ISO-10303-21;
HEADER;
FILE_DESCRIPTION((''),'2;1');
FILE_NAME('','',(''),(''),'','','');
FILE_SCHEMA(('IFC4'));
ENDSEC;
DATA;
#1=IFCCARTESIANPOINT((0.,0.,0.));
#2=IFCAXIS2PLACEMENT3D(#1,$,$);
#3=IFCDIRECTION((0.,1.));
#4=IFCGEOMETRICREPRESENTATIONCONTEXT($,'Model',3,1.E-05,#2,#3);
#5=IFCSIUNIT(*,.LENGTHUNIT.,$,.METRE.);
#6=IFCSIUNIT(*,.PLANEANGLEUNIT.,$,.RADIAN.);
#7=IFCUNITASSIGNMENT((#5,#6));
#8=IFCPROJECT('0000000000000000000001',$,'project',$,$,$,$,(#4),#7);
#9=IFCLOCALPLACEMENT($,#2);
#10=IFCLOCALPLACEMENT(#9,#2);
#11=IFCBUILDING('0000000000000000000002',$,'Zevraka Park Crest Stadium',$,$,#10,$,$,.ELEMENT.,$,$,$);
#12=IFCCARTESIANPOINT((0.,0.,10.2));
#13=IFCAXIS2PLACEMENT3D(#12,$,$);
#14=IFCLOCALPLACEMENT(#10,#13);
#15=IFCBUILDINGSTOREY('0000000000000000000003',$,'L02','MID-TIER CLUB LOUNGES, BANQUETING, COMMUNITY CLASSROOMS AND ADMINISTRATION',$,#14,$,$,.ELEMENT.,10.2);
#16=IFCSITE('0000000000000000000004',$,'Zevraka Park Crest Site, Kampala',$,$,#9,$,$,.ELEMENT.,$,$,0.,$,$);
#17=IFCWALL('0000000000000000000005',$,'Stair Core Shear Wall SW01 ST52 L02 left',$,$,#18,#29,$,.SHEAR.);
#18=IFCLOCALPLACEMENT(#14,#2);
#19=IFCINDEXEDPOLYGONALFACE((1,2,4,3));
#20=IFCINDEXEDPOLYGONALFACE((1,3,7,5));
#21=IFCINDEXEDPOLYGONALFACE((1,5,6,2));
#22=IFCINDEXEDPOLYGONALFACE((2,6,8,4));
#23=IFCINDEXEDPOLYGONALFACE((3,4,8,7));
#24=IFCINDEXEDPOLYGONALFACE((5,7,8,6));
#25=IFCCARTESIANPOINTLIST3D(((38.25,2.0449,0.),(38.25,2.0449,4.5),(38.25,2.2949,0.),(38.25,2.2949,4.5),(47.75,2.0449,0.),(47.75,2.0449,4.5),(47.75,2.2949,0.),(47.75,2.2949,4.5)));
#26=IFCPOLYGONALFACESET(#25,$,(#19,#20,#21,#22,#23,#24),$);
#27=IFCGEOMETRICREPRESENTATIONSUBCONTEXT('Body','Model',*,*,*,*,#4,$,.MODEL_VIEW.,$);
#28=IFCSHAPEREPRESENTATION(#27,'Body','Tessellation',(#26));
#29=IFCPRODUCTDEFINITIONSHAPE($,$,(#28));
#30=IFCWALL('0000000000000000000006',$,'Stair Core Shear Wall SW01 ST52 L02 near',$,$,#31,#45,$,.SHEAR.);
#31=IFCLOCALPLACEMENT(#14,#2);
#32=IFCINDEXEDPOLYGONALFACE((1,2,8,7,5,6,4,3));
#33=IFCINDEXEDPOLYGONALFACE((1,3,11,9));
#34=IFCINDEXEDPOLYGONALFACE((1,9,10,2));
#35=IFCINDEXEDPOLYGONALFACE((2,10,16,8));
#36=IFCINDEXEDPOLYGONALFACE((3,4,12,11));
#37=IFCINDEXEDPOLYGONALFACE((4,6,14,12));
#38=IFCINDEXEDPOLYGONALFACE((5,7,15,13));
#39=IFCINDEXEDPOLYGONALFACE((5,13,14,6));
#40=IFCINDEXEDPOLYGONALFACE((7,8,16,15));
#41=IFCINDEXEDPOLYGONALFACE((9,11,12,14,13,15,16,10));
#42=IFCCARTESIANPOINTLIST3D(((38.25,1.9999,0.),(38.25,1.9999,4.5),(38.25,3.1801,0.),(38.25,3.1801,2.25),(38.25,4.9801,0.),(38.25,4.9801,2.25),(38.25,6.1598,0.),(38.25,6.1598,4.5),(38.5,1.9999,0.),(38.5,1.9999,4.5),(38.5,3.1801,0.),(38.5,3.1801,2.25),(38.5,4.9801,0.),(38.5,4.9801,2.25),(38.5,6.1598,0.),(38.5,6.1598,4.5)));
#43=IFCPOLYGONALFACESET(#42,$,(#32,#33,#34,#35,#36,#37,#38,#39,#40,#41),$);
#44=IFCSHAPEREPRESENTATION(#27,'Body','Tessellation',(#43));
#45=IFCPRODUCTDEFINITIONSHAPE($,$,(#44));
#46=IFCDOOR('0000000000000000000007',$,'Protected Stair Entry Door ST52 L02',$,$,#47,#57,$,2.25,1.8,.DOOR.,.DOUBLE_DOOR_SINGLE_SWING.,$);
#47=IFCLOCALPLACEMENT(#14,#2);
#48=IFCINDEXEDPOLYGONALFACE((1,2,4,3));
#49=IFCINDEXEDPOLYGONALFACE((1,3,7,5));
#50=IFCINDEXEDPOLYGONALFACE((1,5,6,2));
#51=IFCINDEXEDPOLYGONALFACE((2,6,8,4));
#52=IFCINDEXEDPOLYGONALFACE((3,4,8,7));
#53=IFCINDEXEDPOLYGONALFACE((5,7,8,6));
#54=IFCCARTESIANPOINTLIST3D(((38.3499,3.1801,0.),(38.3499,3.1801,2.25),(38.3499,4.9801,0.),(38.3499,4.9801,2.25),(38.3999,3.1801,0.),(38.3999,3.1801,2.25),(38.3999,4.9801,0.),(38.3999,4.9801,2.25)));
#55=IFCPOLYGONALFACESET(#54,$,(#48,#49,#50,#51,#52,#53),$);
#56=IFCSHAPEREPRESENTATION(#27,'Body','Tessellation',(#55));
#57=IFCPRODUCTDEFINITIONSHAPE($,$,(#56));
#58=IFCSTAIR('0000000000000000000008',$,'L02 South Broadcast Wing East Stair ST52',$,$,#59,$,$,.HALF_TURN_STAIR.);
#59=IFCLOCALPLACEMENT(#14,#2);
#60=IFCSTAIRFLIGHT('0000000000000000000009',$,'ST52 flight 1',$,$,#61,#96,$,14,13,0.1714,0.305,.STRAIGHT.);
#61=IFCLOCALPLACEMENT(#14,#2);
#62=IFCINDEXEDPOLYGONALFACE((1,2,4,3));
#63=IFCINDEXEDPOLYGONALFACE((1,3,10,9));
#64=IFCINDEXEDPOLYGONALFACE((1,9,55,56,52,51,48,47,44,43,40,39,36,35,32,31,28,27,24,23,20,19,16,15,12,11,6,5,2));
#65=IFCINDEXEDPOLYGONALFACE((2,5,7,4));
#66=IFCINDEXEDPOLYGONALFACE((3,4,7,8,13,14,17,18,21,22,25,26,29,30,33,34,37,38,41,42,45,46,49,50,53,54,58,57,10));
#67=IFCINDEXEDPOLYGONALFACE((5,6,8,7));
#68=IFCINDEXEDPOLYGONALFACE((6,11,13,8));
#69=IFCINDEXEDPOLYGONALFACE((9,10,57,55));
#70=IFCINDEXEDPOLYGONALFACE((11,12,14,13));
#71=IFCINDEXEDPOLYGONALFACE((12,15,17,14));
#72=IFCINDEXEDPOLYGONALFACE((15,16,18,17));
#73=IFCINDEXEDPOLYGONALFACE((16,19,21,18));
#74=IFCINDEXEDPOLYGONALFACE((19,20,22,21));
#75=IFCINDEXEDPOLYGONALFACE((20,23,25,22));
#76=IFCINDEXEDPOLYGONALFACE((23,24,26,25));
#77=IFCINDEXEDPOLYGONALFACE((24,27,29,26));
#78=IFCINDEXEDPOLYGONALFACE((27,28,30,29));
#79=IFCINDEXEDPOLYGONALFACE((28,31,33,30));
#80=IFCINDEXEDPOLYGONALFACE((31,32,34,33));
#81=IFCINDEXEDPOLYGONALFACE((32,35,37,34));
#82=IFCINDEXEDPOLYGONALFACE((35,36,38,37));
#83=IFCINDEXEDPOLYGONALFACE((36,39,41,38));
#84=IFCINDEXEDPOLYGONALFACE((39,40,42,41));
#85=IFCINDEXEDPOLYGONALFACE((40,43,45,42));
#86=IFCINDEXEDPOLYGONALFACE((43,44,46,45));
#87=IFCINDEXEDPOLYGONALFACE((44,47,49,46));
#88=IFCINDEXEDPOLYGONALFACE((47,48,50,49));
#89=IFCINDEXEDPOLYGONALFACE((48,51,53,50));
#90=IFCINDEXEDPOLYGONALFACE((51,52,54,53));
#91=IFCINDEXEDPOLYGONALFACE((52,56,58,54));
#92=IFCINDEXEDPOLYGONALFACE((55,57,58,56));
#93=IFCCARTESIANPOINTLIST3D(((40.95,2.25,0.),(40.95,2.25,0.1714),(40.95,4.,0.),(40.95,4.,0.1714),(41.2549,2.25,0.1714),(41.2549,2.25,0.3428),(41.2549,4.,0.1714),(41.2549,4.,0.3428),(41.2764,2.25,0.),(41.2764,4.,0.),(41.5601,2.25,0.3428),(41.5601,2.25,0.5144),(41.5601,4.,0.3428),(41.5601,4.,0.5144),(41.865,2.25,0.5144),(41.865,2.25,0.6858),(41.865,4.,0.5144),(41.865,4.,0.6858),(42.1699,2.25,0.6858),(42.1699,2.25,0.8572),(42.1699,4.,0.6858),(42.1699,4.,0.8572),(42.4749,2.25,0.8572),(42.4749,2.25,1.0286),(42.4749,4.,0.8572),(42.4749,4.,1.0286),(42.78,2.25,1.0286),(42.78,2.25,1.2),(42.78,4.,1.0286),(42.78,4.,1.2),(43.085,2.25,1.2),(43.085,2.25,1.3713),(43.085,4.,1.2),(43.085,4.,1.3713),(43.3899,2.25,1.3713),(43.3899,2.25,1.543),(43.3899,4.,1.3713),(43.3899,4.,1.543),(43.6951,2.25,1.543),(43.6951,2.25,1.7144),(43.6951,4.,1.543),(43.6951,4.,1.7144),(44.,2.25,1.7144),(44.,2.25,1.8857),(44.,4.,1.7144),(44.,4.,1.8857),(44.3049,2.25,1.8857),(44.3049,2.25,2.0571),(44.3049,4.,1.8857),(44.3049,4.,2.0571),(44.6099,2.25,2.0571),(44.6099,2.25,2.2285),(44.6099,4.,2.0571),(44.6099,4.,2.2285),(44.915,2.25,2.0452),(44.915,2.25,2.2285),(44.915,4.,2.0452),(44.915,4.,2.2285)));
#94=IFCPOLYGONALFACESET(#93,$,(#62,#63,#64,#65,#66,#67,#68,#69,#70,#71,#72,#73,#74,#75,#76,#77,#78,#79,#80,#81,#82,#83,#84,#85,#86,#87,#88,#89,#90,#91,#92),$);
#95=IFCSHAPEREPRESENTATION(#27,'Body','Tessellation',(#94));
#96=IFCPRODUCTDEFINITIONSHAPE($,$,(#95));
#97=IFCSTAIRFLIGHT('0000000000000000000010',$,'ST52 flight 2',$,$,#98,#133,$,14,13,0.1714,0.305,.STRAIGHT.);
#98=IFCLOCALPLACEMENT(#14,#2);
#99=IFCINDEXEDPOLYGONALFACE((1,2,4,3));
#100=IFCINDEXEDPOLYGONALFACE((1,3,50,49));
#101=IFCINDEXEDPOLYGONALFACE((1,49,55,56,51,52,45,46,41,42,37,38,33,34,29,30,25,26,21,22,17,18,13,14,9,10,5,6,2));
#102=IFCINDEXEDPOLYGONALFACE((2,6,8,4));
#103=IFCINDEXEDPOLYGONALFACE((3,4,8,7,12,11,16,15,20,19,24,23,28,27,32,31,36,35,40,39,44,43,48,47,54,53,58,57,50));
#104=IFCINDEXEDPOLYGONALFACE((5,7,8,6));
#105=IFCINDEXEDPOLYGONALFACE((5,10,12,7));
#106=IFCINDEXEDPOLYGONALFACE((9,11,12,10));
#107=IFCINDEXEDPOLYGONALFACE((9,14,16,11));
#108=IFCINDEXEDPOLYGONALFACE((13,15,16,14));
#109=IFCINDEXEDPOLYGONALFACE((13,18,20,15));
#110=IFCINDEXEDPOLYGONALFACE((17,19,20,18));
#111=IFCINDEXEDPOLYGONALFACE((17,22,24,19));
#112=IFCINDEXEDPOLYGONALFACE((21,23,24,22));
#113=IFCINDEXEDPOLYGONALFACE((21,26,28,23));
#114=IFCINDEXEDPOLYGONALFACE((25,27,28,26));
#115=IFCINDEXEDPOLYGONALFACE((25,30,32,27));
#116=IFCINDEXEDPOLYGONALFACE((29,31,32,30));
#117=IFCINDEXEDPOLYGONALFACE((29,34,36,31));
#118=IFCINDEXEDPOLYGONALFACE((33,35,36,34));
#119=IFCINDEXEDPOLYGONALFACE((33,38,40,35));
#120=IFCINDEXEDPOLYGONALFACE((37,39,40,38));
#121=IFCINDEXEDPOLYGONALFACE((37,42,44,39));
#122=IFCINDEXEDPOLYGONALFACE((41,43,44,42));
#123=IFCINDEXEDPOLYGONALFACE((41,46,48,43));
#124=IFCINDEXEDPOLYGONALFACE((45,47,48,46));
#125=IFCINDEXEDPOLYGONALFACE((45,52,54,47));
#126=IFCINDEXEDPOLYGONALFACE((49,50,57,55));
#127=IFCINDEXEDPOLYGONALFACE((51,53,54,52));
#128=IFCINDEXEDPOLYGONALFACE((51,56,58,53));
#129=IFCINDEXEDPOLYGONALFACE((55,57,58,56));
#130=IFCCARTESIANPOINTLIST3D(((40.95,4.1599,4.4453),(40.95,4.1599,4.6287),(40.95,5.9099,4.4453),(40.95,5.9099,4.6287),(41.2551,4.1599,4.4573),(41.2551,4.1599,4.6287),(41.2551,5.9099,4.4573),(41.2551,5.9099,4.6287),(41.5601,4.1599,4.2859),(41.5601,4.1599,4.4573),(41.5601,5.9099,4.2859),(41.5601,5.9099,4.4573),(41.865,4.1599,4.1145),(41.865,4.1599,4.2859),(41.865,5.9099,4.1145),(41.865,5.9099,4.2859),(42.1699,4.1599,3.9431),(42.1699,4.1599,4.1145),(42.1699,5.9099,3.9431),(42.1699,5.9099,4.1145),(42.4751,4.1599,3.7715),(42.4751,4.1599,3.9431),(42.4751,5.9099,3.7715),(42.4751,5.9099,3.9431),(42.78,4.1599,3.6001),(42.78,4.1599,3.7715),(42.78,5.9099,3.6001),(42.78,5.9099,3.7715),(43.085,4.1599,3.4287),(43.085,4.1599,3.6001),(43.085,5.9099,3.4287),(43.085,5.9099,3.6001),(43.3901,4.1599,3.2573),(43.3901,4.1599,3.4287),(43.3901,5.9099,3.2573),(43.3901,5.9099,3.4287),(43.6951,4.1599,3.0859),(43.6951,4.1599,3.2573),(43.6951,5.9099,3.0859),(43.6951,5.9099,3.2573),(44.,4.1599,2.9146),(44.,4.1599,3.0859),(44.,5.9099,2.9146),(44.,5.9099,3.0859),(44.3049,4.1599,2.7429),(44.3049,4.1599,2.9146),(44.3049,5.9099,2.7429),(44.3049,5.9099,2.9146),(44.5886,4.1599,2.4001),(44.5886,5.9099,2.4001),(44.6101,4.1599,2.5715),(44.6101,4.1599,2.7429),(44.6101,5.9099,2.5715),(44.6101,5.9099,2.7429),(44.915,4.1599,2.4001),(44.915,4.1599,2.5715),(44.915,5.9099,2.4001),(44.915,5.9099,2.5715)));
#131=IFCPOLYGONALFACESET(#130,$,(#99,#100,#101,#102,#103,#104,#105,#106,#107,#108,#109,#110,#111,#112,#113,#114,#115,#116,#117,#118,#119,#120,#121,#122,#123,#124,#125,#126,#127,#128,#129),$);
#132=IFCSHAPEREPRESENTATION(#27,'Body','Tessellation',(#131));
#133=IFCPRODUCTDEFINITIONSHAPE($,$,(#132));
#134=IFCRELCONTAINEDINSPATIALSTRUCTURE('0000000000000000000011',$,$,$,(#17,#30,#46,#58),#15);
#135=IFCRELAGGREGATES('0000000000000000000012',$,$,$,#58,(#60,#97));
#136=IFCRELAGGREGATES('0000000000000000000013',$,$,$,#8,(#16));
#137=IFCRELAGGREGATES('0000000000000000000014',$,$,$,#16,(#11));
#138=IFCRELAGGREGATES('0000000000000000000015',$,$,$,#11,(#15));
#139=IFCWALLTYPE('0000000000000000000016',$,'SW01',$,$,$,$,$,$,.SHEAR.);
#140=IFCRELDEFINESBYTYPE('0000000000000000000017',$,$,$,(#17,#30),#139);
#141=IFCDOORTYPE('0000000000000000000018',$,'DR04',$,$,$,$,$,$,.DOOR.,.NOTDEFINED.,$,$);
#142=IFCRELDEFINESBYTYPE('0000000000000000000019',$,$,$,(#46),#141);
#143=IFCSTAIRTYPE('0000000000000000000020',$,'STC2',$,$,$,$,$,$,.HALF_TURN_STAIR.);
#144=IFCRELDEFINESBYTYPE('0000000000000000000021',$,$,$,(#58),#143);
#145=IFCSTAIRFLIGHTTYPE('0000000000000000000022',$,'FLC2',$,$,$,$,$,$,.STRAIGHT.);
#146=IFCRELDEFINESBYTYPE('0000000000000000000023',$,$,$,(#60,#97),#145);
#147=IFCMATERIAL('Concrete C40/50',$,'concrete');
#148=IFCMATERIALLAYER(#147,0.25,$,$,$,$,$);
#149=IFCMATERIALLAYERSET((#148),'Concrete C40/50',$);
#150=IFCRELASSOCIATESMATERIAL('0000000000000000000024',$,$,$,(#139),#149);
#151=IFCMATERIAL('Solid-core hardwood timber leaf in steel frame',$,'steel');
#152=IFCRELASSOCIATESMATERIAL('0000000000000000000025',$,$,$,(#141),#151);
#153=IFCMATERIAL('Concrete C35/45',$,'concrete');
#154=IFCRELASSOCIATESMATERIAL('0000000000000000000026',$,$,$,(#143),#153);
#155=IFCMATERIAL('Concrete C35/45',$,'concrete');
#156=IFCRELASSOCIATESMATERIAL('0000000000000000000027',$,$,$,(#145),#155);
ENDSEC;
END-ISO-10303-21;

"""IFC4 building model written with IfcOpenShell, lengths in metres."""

from ifc_helpers import new_model, si_unit, direction, frame, frame_2d, origin, place, context, subcontext, project, spatial, polyline, rectangle, outline, extrude, material, layer, layer_set, type_object, element, fill, aggregate, save


model = new_model("IFC4")

# Units and contexts
model_context = context("Model", 3, precision=1e-05, world=origin(), true_north=direction((0.0, 1.0)))
body_context = subcontext(model_context, "Body", "Model", "MODEL_VIEW")
ifc_project = project(units=[si_unit("LENGTHUNIT", "METRE"), si_unit("PLANEANGLEUNIT", "RADIAN")], contexts=[model_context])

# Site, building, storey
site_placement = place(None, origin())
site = spatial("IfcSite", under=ifc_project, at=site_placement, Name="Zevraka Park Crest Site, Kampala", CompositionType="ELEMENT", RefElevation=0.0)
building_placement = place(site_placement, origin())
building = spatial("IfcBuilding", under=site, at=building_placement, Name="Zevraka Park Crest Stadium", CompositionType="ELEMENT")
storey_placement = place(building_placement, frame((0.0, 0.0, 10.2)))
storey = spatial("IfcBuildingStorey", under=building, at=storey_placement, Name="L02", Description="MID-TIER CLUB LOUNGES, BANQUETING, COMMUNITY CLASSROOMS AND ADMINISTRATION", CompositionType="ELEMENT", Elevation=10.2)

# Wall
ifc_material_1 = material(Name="Concrete C40/50", Category="concrete")
ifc_layer_1 = layer(ifc_material_1, 0.25)
ifc_layer_set_1 = layer_set([ifc_layer_1], Name="Concrete C40/50")
wall_type_1 = type_object("IfcWallType", Name="SW01", PredefinedType="SHEAR", material=ifc_layer_set_1)
wall_1_placement = place(storey_placement, frame((38.25, 2.1699, 0.0), z_axis=(0.0, 0.0, 1.0), x_axis=(1.0, 0.0, 0.0)))
element("IfcWall", 1, at=wall_1_placement, inside=storey, type_object=wall_type_1, Name="Stair Core Shear Wall SW01 ST52 L02 left", PredefinedType="SHEAR", context=body_context, shape_type="SweptSolid", body=[
    extrude(rectangle(XDim=9.5, YDim=0.25, at=frame_2d((4.75, 0.0))), origin(), (0.0, 0.0, 1.0), 4.5),
])

# Wall, opening, door
wall_2_placement = place(storey_placement, frame((38.375, 6.1599, 0.0), z_axis=(0.0, 0.0, 1.0), x_axis=(0.0, -1.0, 0.0)))
wall_2 = element("IfcWall", 2, at=wall_2_placement, inside=storey, type_object=wall_type_1, Name="Stair Core Shear Wall SW01 ST52 L02 near", PredefinedType="SHEAR", context=body_context, shape_type="SweptSolid", body=[
    extrude(rectangle(XDim=4.1599, YDim=0.25, at=frame_2d((2.0801, 0.0))), origin(), (0.0, 0.0, 1.0), 4.5),
])
opening_1_placement = place(wall_2_placement, frame((1.1799, 0.0, 0.0)))
opening_1 = element("IfcOpeningElement", 3, at=opening_1_placement, cuts=wall_2, PredefinedType="OPENING", context=body_context, shape_type="SweptSolid", body=[
    extrude(rectangle(XDim=1.8, YDim=2.25, at=frame_2d((0.8999, 1.125))), frame((0.0, 0.135, 0.0), z_axis=(0.0, -1.0, 0.0), x_axis=(1.0, 0.0, 0.0)), (0.0, 0.0, 1.0), 0.27),
])
ifc_material_2 = material(Name="Solid-core hardwood timber leaf in steel frame", Category="steel")
door_type = type_object("IfcDoorType", Name="DR04", OperationType="NOTDEFINED", PredefinedType="DOOR", material=ifc_material_2)
door_placement = place(opening_1_placement, origin())
door = element("IfcDoor", 4, at=door_placement, inside=storey, type_object=door_type, Name="Protected Stair Entry Door ST52 L02", OperationType="DOUBLE_DOOR_SINGLE_SWING", OverallHeight=2.25, OverallWidth=1.8, PredefinedType="DOOR", context=body_context, shape_type="SweptSolid", body=[
    extrude(rectangle(XDim=1.8, YDim=2.25, at=frame_2d((0.8999, 1.125))), frame((0.0, 0.0249, 0.0), z_axis=(0.0, -1.0, 0.0), x_axis=(1.0, 0.0, 0.0)), (0.0, 0.0, 1.0), 0.05),
])
fill(opening_1, door)

# Stair, stair flights
ifc_material_3 = material(Name="Concrete C35/45", Category="concrete")
stair_type = type_object("IfcStairType", Name="STC2", PredefinedType="HALF_TURN_STAIR", material=ifc_material_3)
stair_placement = place(storey_placement, origin())
stair = element("IfcStair", 5, at=stair_placement, inside=storey, type_object=stair_type, Name="L02 South Broadcast Wing East Stair ST52", PredefinedType="HALF_TURN_STAIR")
ifc_material_4 = material(Name="Concrete C35/45", Category="concrete")
stair_flight_type = type_object("IfcStairFlightType", Name="FLC2", PredefinedType="STRAIGHT", material=ifc_material_4)
stair_flight_1_placement = place(storey_placement, frame((40.95, 3.125, 0.0), z_axis=(0.0, 0.0, 1.0), x_axis=(1.0, 0.0, 0.0)))
stair_flight_1 = element("IfcStairFlight", 6, at=stair_flight_1_placement, type_object=stair_flight_type, Name="ST52 flight 1", NumberOfRisers=14, NumberOfTreads=13, PredefinedType="STRAIGHT", RiserHeight=0.1714, TreadLength=0.305, context=body_context, shape_type="SweptSolid", body=[
    extrude(outline(polyline([(0.0, 0.0), (0.0, 0.1714), (0.3049, 0.1714), (0.3049, 0.3428), (0.6101, 0.3428), (0.6101, 0.5144), (0.915, 0.5144), (0.915, 0.6858), (1.22, 0.6858), (1.22, 0.8572), (1.5249, 0.8572), (1.5249, 1.0286), (1.8301, 1.0286), (1.8301, 1.2), (2.135, 1.2), (2.135, 1.3713), (2.4399, 1.3713), (2.4399, 1.543), (2.7451, 1.543), (2.7451, 1.7144), (3.05, 1.7144), (3.05, 1.8857), (3.355, 1.8857), (3.355, 2.0571), (3.6599, 2.0571), (3.6599, 2.2285), (3.9651, 2.2285), (3.9651, 2.3999), (3.9651, 2.0452), (0.3264, 0.0), (0.0, 0.0)])), frame((0.0, 0.875, 0.0), z_axis=(0.0, -1.0, 0.0), x_axis=(1.0, 0.0, 0.0)), (0.0, 0.0, 1.0), 1.75),
])
stair_flight_2_placement = place(storey_placement, frame((44.915, 5.0349, 2.4001), z_axis=(0.0, 0.0, 1.0), x_axis=(-1.0, 0.0, 0.0)))
stair_flight_2 = element("IfcStairFlight", 7, at=stair_flight_2_placement, type_object=stair_flight_type, Name="ST52 flight 2", NumberOfRisers=14, NumberOfTreads=13, PredefinedType="STRAIGHT", RiserHeight=0.1714, TreadLength=0.305, context=body_context, shape_type="SweptSolid", body=[
    extrude(outline(polyline([(0.0, 0.0), (0.0, 0.1714), (0.3049, 0.1714), (0.3049, 0.3428), (0.6101, 0.3428), (0.6101, 0.5144), (0.915, 0.5144), (0.915, 0.6858), (1.22, 0.6858), (1.22, 0.8572), (1.5249, 0.8572), (1.5249, 1.0286), (1.8301, 1.0286), (1.8301, 1.2), (2.135, 1.2), (2.135, 1.3713), (2.4399, 1.3713), (2.4399, 1.543), (2.7451, 1.543), (2.7451, 1.7144), (3.05, 1.7144), (3.05, 1.8857), (3.355, 1.8857), (3.355, 2.0571), (3.6599, 2.0571), (3.6599, 2.2285), (3.9651, 2.2285), (3.9651, 2.3999), (3.9651, 2.0452), (0.3264, 0.0), (0.0, 0.0)])), frame((0.0, 0.875, 0.0), z_axis=(0.0, -1.0, 0.0), x_axis=(1.0, 0.0, 0.0)), (0.0, 0.0, 1.0), 1.75),
])
aggregate(stair, [stair_flight_1, stair_flight_2])

save(model, "model.ifc")
